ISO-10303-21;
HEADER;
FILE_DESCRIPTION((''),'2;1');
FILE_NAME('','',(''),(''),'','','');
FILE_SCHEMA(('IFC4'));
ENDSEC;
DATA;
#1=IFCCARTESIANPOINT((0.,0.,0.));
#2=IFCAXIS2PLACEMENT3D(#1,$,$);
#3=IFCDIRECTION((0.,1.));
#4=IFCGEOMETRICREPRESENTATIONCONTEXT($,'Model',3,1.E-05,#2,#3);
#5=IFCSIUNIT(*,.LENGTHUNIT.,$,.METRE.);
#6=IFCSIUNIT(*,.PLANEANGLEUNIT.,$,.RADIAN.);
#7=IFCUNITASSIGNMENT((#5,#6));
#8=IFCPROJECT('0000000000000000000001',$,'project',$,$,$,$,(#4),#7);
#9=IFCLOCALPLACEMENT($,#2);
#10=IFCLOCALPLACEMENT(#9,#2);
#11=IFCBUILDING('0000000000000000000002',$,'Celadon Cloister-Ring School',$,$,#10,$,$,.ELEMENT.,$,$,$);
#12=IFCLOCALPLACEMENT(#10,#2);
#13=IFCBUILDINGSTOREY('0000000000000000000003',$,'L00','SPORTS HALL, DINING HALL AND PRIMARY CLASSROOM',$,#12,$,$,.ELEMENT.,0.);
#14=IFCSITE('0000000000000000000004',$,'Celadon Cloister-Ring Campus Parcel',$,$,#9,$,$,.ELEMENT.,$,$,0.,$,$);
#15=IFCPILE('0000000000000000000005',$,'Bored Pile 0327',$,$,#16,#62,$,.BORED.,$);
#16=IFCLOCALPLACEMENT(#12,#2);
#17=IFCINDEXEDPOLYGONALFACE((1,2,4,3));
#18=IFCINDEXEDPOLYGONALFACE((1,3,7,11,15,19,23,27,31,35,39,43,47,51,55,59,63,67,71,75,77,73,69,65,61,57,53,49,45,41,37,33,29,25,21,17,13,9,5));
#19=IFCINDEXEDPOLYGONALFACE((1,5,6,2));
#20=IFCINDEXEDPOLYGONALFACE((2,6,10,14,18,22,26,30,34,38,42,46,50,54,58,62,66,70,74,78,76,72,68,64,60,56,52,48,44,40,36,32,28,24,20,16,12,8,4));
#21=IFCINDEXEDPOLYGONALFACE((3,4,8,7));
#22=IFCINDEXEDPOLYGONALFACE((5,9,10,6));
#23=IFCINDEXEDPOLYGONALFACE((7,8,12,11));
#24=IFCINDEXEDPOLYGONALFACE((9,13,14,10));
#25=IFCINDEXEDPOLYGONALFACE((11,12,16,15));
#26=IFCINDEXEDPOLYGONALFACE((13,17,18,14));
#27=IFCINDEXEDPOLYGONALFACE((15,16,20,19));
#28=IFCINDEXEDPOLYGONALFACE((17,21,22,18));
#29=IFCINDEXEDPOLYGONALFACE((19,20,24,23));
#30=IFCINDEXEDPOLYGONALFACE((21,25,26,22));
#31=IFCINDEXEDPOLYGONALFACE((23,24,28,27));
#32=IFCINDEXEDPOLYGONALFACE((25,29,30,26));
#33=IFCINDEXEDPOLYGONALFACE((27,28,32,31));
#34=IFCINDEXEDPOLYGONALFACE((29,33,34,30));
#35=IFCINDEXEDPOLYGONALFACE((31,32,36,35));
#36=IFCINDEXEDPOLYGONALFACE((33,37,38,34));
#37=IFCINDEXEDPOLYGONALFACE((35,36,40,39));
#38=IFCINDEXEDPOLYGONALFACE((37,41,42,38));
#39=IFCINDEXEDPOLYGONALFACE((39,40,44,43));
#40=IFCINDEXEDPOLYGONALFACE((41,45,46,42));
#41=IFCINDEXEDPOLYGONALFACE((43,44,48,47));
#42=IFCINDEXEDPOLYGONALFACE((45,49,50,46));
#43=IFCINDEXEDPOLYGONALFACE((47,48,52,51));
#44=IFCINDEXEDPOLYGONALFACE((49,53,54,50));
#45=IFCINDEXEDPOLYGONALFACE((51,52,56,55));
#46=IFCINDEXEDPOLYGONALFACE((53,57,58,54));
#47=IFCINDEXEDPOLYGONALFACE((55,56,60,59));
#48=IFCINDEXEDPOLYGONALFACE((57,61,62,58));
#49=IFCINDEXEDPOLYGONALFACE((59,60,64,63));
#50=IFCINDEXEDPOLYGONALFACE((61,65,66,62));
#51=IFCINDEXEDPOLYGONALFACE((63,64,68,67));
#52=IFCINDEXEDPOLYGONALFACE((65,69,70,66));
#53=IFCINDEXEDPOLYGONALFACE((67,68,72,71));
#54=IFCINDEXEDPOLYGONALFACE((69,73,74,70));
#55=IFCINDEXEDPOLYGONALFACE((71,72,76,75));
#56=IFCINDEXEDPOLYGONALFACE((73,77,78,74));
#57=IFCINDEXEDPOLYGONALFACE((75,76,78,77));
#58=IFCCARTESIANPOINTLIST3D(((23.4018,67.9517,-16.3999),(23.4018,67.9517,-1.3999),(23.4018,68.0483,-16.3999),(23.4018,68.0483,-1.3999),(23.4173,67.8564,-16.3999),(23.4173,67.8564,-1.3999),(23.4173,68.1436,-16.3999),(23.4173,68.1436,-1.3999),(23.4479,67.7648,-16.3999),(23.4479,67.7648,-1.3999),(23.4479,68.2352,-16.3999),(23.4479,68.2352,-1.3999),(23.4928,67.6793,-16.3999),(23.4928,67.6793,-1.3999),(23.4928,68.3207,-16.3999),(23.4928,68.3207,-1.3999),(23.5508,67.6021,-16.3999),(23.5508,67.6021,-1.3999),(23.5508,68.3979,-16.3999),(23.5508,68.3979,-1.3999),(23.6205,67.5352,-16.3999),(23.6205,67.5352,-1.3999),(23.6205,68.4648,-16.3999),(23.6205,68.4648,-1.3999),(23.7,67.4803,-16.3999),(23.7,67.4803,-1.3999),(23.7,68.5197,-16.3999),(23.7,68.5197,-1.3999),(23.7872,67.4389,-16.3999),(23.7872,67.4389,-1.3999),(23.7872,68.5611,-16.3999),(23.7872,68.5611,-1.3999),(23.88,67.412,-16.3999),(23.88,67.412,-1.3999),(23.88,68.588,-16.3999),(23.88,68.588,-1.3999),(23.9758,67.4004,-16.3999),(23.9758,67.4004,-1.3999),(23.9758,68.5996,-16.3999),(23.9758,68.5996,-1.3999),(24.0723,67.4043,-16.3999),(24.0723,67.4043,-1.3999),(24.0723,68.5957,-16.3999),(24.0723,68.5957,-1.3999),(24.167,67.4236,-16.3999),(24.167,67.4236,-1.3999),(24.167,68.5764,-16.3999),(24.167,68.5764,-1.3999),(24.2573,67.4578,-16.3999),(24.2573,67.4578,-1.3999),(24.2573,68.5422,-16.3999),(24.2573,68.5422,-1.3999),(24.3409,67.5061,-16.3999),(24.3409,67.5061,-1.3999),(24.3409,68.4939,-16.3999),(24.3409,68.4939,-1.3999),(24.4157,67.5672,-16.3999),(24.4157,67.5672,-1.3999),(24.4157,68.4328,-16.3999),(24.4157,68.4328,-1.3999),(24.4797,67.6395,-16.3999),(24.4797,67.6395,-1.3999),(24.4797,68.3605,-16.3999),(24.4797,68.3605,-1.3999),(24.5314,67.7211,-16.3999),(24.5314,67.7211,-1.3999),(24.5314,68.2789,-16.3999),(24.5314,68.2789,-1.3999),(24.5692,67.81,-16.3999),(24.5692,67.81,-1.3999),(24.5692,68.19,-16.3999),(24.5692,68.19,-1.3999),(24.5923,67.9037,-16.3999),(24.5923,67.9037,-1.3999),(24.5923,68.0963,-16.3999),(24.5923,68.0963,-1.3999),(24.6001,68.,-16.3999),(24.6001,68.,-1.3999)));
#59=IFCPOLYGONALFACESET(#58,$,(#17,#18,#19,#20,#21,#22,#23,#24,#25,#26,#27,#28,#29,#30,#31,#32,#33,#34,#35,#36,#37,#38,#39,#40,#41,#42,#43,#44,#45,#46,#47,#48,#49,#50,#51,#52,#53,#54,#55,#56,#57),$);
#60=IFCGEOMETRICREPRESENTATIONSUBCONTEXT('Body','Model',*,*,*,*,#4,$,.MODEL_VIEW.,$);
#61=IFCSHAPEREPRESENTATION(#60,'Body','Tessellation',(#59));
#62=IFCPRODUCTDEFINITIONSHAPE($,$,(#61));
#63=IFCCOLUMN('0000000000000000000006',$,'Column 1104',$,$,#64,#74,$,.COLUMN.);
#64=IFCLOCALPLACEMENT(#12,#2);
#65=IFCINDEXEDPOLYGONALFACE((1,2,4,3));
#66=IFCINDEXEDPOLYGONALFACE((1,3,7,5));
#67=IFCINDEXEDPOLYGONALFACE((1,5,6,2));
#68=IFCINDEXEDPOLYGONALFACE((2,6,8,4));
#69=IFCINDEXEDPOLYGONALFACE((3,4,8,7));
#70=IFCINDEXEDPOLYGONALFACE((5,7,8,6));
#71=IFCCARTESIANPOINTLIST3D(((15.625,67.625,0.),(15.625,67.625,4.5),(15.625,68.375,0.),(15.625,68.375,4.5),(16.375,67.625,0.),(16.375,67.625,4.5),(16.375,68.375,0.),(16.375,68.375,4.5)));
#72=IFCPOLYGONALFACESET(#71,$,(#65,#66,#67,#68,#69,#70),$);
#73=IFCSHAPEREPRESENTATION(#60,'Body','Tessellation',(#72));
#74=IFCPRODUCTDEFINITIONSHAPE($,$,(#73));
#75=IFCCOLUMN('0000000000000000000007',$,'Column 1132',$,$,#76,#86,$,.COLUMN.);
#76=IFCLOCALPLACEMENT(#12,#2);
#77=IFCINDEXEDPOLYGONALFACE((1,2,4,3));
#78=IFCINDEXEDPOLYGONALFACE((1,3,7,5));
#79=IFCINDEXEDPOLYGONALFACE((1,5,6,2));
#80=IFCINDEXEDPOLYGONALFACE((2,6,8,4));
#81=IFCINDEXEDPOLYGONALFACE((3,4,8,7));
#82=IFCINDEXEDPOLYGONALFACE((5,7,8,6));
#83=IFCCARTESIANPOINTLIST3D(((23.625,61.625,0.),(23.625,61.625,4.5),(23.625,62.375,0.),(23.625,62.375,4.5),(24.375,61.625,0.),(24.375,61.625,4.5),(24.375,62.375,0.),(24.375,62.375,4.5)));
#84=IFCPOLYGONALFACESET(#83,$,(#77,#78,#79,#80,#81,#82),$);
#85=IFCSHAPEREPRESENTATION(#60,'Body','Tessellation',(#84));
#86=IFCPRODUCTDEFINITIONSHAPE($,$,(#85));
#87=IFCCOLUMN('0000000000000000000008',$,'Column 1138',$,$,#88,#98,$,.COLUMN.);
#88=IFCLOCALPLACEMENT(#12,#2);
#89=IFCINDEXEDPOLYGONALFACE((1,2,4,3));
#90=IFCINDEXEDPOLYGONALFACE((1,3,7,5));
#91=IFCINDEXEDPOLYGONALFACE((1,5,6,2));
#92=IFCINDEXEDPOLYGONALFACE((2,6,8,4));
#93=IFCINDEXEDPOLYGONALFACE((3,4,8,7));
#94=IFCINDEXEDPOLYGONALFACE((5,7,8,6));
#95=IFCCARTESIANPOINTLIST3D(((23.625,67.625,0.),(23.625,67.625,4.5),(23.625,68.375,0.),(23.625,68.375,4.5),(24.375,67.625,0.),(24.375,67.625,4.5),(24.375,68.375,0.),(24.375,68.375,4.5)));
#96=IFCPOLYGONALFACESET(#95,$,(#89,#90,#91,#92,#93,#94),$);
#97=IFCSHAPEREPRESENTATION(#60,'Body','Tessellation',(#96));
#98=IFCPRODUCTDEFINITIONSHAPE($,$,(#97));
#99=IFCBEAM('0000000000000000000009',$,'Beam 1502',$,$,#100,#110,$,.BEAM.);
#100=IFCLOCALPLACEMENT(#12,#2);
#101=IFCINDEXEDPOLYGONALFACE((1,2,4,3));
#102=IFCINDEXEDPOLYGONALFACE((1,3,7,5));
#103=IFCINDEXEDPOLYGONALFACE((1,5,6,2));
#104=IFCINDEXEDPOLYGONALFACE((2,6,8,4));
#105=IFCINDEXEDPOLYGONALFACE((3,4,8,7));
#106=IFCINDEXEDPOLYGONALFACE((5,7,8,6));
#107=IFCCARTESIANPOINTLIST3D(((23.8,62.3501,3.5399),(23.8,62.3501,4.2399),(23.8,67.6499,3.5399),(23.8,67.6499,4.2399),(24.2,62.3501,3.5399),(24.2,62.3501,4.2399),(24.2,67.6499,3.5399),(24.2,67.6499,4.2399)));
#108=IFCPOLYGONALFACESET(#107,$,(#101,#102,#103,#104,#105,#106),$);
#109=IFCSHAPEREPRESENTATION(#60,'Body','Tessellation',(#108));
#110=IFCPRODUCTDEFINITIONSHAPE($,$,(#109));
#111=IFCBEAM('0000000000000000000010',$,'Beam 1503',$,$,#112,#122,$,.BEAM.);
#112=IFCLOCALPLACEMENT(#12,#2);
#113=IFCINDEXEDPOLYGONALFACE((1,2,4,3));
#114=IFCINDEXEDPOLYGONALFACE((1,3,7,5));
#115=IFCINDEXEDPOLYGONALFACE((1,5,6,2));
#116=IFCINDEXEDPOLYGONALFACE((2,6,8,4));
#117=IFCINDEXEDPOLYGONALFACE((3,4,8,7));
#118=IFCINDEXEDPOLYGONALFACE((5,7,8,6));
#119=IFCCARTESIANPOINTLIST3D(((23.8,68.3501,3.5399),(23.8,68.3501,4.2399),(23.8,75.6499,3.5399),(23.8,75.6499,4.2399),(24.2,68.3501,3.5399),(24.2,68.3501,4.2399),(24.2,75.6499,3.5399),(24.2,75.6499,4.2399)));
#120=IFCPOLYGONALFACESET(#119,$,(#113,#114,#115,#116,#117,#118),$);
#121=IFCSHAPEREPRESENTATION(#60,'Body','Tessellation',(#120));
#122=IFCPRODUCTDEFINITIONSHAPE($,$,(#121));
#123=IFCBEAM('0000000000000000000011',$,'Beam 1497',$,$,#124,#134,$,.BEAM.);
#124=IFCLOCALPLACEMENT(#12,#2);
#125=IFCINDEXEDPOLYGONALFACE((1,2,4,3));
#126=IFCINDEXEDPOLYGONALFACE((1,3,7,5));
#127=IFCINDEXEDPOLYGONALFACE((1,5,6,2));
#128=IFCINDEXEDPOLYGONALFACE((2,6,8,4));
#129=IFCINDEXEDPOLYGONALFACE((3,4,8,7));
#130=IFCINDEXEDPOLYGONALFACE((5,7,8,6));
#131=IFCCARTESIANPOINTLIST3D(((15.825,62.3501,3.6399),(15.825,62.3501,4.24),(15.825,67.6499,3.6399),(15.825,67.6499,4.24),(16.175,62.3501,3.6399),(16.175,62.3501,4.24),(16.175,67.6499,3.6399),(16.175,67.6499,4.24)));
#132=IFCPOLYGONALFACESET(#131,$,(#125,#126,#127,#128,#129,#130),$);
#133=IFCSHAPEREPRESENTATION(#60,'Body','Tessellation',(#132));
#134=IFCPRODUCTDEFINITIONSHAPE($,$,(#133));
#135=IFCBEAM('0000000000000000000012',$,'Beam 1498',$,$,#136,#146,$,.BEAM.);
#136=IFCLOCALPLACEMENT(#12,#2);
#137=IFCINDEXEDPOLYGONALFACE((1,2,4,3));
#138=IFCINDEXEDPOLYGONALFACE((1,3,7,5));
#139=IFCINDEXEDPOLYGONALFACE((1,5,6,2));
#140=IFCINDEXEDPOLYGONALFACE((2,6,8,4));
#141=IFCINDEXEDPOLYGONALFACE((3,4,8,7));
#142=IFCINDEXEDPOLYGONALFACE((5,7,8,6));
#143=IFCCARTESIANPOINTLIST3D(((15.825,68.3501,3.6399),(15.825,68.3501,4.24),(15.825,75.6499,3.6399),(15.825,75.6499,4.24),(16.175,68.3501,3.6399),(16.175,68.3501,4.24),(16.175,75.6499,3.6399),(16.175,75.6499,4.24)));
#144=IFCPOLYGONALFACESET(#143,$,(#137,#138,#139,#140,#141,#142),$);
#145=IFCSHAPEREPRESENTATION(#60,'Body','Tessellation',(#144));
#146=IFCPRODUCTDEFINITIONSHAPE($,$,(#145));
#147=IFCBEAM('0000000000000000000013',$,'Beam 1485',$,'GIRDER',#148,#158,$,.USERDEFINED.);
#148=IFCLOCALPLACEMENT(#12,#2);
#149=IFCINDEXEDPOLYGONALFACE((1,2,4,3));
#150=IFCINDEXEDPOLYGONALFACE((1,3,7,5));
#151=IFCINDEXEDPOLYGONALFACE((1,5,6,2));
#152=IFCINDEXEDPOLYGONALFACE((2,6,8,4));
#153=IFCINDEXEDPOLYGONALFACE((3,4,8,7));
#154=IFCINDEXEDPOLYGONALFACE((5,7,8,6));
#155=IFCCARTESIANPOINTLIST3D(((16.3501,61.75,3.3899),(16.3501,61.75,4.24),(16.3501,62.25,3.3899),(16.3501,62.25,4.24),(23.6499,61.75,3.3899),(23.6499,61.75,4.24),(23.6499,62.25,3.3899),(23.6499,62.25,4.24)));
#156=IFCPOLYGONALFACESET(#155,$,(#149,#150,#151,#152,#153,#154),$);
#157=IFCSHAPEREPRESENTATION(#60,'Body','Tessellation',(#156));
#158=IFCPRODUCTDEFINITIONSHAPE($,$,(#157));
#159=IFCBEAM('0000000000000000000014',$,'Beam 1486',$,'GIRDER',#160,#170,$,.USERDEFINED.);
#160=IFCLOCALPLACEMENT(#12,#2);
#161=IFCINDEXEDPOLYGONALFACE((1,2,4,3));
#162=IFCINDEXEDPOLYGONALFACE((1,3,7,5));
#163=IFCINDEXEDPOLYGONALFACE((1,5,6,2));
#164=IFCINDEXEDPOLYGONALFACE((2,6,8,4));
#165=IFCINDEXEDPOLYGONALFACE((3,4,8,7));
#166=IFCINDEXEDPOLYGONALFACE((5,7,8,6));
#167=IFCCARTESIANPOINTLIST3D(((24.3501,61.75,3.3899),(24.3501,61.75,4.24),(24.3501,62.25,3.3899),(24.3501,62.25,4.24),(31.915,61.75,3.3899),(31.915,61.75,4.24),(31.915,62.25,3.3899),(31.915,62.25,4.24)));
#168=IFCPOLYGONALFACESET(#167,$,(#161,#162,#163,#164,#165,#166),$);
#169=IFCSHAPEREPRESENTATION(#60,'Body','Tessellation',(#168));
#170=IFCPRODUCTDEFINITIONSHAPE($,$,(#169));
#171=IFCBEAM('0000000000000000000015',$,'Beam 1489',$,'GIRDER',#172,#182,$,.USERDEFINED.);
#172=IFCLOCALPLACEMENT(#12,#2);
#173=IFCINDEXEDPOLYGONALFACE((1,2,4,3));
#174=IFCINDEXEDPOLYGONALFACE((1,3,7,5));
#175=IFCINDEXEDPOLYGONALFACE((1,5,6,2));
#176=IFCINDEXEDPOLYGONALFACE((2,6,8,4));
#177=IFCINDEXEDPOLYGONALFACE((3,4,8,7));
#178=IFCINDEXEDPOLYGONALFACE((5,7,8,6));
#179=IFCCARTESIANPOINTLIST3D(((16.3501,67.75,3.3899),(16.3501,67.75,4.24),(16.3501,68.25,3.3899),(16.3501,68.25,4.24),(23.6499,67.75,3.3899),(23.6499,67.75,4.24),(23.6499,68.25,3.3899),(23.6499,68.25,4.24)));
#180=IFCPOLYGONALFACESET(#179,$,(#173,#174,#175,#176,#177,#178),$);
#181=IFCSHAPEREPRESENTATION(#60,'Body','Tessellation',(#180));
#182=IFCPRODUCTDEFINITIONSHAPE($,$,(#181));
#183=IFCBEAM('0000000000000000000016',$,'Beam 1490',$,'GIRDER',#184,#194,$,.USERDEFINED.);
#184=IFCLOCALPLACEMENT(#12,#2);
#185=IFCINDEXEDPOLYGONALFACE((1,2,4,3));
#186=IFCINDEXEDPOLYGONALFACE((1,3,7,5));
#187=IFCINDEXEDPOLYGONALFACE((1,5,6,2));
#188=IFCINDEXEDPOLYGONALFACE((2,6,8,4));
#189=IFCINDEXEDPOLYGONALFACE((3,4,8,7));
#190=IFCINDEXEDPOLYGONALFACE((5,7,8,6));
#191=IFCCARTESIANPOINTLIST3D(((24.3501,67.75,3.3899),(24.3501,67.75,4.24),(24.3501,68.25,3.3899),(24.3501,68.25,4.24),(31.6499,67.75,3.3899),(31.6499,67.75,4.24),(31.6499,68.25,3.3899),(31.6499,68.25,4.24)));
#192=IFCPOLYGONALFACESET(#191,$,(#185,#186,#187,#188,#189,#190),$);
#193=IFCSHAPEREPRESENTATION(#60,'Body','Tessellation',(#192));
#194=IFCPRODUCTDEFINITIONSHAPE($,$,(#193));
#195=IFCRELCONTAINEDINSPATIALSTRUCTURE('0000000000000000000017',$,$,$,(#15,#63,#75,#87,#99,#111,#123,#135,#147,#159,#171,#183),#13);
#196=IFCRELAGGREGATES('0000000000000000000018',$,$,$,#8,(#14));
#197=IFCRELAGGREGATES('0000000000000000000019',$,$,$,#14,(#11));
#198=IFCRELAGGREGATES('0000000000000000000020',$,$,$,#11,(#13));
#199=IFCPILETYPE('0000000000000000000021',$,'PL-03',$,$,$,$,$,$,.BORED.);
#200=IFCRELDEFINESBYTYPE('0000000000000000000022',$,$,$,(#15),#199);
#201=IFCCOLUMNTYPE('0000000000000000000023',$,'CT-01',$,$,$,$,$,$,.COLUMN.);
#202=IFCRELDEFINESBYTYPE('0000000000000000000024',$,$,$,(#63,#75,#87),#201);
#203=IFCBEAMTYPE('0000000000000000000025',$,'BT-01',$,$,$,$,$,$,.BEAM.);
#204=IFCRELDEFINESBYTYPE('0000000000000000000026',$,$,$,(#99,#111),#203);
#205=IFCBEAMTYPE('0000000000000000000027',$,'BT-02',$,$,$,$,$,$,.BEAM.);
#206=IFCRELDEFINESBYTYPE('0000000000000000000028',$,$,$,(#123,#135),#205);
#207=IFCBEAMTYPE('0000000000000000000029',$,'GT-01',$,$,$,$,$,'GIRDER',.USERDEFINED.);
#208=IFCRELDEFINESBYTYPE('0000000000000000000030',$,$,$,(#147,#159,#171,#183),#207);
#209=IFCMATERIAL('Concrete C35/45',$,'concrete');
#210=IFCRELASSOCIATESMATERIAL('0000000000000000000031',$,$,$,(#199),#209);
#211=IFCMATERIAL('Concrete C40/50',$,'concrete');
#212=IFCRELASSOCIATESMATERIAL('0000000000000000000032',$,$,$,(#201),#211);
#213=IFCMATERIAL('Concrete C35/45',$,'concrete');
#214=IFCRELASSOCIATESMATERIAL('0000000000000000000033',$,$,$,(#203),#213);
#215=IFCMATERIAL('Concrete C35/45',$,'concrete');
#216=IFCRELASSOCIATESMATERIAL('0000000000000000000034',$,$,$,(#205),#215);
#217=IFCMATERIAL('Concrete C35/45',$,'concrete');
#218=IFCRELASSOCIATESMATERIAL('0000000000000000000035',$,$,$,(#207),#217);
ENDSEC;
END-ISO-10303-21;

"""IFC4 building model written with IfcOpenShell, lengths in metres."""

from ifc_helpers import new_model, si_unit, direction, frame, origin, origin_2d, place, context, subcontext, project, spatial, rectangle, circle, extrude, material, material_profile, profile_set, type_object, element, save


model = new_model("IFC4")

# Units and contexts
model_context = context("Model", 3, precision=1e-05, world=origin(), true_north=direction((0.0, 1.0)))
body_context = subcontext(model_context, "Body", "Model", "MODEL_VIEW")
ifc_project = project(units=[si_unit("LENGTHUNIT", "METRE"), si_unit("PLANEANGLEUNIT", "RADIAN")], contexts=[model_context])

# Site, building, storey
site_placement = place(None, origin())
site = spatial("IfcSite", under=ifc_project, at=site_placement, Name="Celadon Cloister-Ring Campus Parcel", CompositionType="ELEMENT", RefElevation=0.0)
building_placement = place(site_placement, origin())
building = spatial("IfcBuilding", under=site, at=building_placement, Name="Celadon Cloister-Ring School", CompositionType="ELEMENT")
storey_placement = place(building_placement, origin())
storey = spatial("IfcBuildingStorey", under=building, at=storey_placement, Name="L00", Description="SPORTS HALL, DINING HALL AND PRIMARY CLASSROOM", CompositionType="ELEMENT", Elevation=0.0)

# Pile
ifc_material_1 = material(Name="Concrete C35/45", Category="concrete")
ifc_material_profile_1 = material_profile(ifc_material_1, circle(Radius=0.6001, at=origin_2d()), Name="PILE1200")
ifc_profile_set_1 = profile_set([ifc_material_profile_1], Name="Concrete C35/45")
pile_type = type_object("IfcPileType", Name="PL-03", PredefinedType="BORED", material=ifc_profile_set_1)
for number, where, z_axis, x_axis, name in (
    (1, (24.0, 68.0, -1.3999), (0.0, 0.0, -1.0), (1.0, 0.0, 0.0), "Bored Pile 0327"),
):
    element("IfcPile", number, at=place(storey_placement, frame(where, z_axis=z_axis, x_axis=x_axis)), inside=storey, type_object=pile_type, Name=name, PredefinedType="BORED", context=body_context, shape_type="SweptSolid", body=[
        extrude(circle(Radius=0.6001, at=origin_2d()), origin(), (0.0, 0.0, 1.0), 15.0),
    ])

# Columns
ifc_material_2 = material(Name="Concrete C40/50", Category="concrete")
ifc_material_profile_2 = material_profile(ifc_material_2, rectangle(XDim=0.75, YDim=0.75, at=origin_2d()), Name="RC750X750")
ifc_profile_set_2 = profile_set([ifc_material_profile_2], Name="Concrete C40/50")
column_type = type_object("IfcColumnType", Name="CT-01", PredefinedType="COLUMN", material=ifc_profile_set_2)
for number, where, z_axis, x_axis, name in (
    (2, (16.0, 68.0, 0.0), (0.0, 0.0, 1.0), (1.0, 0.0, 0.0), "Column 1104"),
    (3, (24.0, 62.0, 0.0), (0.0, 0.0, 1.0), (1.0, 0.0, 0.0), "Column 1132"),
    (4, (24.0, 68.0, 0.0), (0.0, 0.0, 1.0), (1.0, 0.0, 0.0), "Column 1138"),
):
    element("IfcColumn", number, at=place(storey_placement, frame(where, z_axis=z_axis, x_axis=x_axis)), inside=storey, type_object=column_type, Name=name, PredefinedType="COLUMN", context=body_context, shape_type="SweptSolid", body=[
        extrude(rectangle(XDim=0.75, YDim=0.75, at=origin_2d()), origin(), (0.0, 0.0, 1.0), 4.5),
    ])

# Beams
ifc_material_3 = material(Name="Concrete C35/45", Category="concrete")
ifc_material_profile_3 = material_profile(ifc_material_3, rectangle(XDim=0.3999, YDim=0.7, at=origin_2d()), Name="RC400X700")
ifc_profile_set_3 = profile_set([ifc_material_profile_3], Name="Concrete C35/45")
beam_type_1 = type_object("IfcBeamType", Name="BT-01", PredefinedType="BEAM", material=ifc_profile_set_3)
beam_1_placement = place(storey_placement, frame((24.0, 62.3501, 3.8899), z_axis=(0.0, 1.0, 0.0), x_axis=(-1.0, 0.0, 0.0)))
element("IfcBeam", 5, at=beam_1_placement, inside=storey, type_object=beam_type_1, Name="Beam 1502", PredefinedType="BEAM", context=body_context, shape_type="SweptSolid", body=[
    extrude(rectangle(XDim=0.3999, YDim=0.7, at=origin_2d()), origin(), (0.0, 0.0, 1.0), 5.2998),
])
beam_2_placement = place(storey_placement, frame((24.0, 68.3501, 3.8899), z_axis=(0.0, 1.0, 0.0), x_axis=(-1.0, 0.0, 0.0)))
element("IfcBeam", 6, at=beam_2_placement, inside=storey, type_object=beam_type_1, Name="Beam 1503", PredefinedType="BEAM", context=body_context, shape_type="SweptSolid", body=[
    extrude(rectangle(XDim=0.3999, YDim=0.7, at=origin_2d()), origin(), (0.0, 0.0, 1.0), 7.2998),
])
ifc_material_4 = material(Name="Concrete C35/45", Category="concrete")
ifc_material_profile_4 = material_profile(ifc_material_4, rectangle(XDim=0.3501, YDim=0.6001, at=origin_2d()), Name="RC350X600")
ifc_profile_set_4 = profile_set([ifc_material_profile_4], Name="Concrete C35/45")
beam_type_2 = type_object("IfcBeamType", Name="BT-02", PredefinedType="BEAM", material=ifc_profile_set_4)
beam_3_placement = place(storey_placement, frame((16.0, 62.3501, 3.9399), z_axis=(0.0, 1.0, 0.0), x_axis=(-1.0, 0.0, 0.0)))
element("IfcBeam", 7, at=beam_3_placement, inside=storey, type_object=beam_type_2, Name="Beam 1497", PredefinedType="BEAM", context=body_context, shape_type="SweptSolid", body=[
    extrude(rectangle(XDim=0.3501, YDim=0.6001, at=origin_2d()), origin(), (0.0, 0.0, 1.0), 5.2998),
])
beam_4_placement = place(storey_placement, frame((16.0, 68.3501, 3.9399), z_axis=(0.0, 1.0, 0.0), x_axis=(-1.0, 0.0, 0.0)))
element("IfcBeam", 8, at=beam_4_placement, inside=storey, type_object=beam_type_2, Name="Beam 1498", PredefinedType="BEAM", context=body_context, shape_type="SweptSolid", body=[
    extrude(rectangle(XDim=0.3501, YDim=0.6001, at=origin_2d()), origin(), (0.0, 0.0, 1.0), 7.2998),
])
ifc_material_5 = material(Name="Concrete C35/45", Category="concrete")
ifc_material_profile_5 = material_profile(ifc_material_5, rectangle(XDim=0.5, YDim=0.8501, at=origin_2d()), Name="RC500X850")
ifc_profile_set_5 = profile_set([ifc_material_profile_5], Name="Concrete C35/45")
beam_type_3 = type_object("IfcBeamType", Name="GT-01", ElementType="GIRDER", PredefinedType="USERDEFINED", material=ifc_profile_set_5)
beam_5_placement = place(storey_placement, frame((16.3501, 62.0, 3.8149), z_axis=(1.0, 0.0, 0.0), x_axis=(0.0, 1.0, 0.0)))
element("IfcBeam", 9, at=beam_5_placement, inside=storey, type_object=beam_type_3, Name="Beam 1485", ObjectType="GIRDER", PredefinedType="USERDEFINED", context=body_context, shape_type="SweptSolid", body=[
    extrude(rectangle(XDim=0.5, YDim=0.8501, at=origin_2d()), origin(), (0.0, 0.0, 1.0), 7.2998),
])
beam_6_placement = place(storey_placement, frame((24.3501, 62.0, 3.8149), z_axis=(1.0, 0.0, 0.0), x_axis=(0.0, 1.0, 0.0)))
element("IfcBeam", 10, at=beam_6_placement, inside=storey, type_object=beam_type_3, Name="Beam 1486", ObjectType="GIRDER", PredefinedType="USERDEFINED", context=body_context, shape_type="SweptSolid", body=[
    extrude(rectangle(XDim=0.5, YDim=0.8501, at=origin_2d()), origin(), (0.0, 0.0, 1.0), 7.5649),
])
for number, where, z_axis, x_axis, name in (
    (11, (16.3501, 68.0, 3.8149), (1.0, 0.0, 0.0), (0.0, 1.0, 0.0), "Beam 1489"),
    (12, (24.3501, 68.0, 3.8149), (1.0, 0.0, 0.0), (0.0, 1.0, 0.0), "Beam 1490"),
):
    element("IfcBeam", number, at=place(storey_placement, frame(where, z_axis=z_axis, x_axis=x_axis)), inside=storey, type_object=beam_type_3, Name=name, ObjectType="GIRDER", PredefinedType="USERDEFINED", context=body_context, shape_type="SweptSolid", body=[
        extrude(rectangle(XDim=0.5, YDim=0.8501, at=origin_2d()), origin(), (0.0, 0.0, 1.0), 7.2998),
    ])

save(model, "model.ifc")
